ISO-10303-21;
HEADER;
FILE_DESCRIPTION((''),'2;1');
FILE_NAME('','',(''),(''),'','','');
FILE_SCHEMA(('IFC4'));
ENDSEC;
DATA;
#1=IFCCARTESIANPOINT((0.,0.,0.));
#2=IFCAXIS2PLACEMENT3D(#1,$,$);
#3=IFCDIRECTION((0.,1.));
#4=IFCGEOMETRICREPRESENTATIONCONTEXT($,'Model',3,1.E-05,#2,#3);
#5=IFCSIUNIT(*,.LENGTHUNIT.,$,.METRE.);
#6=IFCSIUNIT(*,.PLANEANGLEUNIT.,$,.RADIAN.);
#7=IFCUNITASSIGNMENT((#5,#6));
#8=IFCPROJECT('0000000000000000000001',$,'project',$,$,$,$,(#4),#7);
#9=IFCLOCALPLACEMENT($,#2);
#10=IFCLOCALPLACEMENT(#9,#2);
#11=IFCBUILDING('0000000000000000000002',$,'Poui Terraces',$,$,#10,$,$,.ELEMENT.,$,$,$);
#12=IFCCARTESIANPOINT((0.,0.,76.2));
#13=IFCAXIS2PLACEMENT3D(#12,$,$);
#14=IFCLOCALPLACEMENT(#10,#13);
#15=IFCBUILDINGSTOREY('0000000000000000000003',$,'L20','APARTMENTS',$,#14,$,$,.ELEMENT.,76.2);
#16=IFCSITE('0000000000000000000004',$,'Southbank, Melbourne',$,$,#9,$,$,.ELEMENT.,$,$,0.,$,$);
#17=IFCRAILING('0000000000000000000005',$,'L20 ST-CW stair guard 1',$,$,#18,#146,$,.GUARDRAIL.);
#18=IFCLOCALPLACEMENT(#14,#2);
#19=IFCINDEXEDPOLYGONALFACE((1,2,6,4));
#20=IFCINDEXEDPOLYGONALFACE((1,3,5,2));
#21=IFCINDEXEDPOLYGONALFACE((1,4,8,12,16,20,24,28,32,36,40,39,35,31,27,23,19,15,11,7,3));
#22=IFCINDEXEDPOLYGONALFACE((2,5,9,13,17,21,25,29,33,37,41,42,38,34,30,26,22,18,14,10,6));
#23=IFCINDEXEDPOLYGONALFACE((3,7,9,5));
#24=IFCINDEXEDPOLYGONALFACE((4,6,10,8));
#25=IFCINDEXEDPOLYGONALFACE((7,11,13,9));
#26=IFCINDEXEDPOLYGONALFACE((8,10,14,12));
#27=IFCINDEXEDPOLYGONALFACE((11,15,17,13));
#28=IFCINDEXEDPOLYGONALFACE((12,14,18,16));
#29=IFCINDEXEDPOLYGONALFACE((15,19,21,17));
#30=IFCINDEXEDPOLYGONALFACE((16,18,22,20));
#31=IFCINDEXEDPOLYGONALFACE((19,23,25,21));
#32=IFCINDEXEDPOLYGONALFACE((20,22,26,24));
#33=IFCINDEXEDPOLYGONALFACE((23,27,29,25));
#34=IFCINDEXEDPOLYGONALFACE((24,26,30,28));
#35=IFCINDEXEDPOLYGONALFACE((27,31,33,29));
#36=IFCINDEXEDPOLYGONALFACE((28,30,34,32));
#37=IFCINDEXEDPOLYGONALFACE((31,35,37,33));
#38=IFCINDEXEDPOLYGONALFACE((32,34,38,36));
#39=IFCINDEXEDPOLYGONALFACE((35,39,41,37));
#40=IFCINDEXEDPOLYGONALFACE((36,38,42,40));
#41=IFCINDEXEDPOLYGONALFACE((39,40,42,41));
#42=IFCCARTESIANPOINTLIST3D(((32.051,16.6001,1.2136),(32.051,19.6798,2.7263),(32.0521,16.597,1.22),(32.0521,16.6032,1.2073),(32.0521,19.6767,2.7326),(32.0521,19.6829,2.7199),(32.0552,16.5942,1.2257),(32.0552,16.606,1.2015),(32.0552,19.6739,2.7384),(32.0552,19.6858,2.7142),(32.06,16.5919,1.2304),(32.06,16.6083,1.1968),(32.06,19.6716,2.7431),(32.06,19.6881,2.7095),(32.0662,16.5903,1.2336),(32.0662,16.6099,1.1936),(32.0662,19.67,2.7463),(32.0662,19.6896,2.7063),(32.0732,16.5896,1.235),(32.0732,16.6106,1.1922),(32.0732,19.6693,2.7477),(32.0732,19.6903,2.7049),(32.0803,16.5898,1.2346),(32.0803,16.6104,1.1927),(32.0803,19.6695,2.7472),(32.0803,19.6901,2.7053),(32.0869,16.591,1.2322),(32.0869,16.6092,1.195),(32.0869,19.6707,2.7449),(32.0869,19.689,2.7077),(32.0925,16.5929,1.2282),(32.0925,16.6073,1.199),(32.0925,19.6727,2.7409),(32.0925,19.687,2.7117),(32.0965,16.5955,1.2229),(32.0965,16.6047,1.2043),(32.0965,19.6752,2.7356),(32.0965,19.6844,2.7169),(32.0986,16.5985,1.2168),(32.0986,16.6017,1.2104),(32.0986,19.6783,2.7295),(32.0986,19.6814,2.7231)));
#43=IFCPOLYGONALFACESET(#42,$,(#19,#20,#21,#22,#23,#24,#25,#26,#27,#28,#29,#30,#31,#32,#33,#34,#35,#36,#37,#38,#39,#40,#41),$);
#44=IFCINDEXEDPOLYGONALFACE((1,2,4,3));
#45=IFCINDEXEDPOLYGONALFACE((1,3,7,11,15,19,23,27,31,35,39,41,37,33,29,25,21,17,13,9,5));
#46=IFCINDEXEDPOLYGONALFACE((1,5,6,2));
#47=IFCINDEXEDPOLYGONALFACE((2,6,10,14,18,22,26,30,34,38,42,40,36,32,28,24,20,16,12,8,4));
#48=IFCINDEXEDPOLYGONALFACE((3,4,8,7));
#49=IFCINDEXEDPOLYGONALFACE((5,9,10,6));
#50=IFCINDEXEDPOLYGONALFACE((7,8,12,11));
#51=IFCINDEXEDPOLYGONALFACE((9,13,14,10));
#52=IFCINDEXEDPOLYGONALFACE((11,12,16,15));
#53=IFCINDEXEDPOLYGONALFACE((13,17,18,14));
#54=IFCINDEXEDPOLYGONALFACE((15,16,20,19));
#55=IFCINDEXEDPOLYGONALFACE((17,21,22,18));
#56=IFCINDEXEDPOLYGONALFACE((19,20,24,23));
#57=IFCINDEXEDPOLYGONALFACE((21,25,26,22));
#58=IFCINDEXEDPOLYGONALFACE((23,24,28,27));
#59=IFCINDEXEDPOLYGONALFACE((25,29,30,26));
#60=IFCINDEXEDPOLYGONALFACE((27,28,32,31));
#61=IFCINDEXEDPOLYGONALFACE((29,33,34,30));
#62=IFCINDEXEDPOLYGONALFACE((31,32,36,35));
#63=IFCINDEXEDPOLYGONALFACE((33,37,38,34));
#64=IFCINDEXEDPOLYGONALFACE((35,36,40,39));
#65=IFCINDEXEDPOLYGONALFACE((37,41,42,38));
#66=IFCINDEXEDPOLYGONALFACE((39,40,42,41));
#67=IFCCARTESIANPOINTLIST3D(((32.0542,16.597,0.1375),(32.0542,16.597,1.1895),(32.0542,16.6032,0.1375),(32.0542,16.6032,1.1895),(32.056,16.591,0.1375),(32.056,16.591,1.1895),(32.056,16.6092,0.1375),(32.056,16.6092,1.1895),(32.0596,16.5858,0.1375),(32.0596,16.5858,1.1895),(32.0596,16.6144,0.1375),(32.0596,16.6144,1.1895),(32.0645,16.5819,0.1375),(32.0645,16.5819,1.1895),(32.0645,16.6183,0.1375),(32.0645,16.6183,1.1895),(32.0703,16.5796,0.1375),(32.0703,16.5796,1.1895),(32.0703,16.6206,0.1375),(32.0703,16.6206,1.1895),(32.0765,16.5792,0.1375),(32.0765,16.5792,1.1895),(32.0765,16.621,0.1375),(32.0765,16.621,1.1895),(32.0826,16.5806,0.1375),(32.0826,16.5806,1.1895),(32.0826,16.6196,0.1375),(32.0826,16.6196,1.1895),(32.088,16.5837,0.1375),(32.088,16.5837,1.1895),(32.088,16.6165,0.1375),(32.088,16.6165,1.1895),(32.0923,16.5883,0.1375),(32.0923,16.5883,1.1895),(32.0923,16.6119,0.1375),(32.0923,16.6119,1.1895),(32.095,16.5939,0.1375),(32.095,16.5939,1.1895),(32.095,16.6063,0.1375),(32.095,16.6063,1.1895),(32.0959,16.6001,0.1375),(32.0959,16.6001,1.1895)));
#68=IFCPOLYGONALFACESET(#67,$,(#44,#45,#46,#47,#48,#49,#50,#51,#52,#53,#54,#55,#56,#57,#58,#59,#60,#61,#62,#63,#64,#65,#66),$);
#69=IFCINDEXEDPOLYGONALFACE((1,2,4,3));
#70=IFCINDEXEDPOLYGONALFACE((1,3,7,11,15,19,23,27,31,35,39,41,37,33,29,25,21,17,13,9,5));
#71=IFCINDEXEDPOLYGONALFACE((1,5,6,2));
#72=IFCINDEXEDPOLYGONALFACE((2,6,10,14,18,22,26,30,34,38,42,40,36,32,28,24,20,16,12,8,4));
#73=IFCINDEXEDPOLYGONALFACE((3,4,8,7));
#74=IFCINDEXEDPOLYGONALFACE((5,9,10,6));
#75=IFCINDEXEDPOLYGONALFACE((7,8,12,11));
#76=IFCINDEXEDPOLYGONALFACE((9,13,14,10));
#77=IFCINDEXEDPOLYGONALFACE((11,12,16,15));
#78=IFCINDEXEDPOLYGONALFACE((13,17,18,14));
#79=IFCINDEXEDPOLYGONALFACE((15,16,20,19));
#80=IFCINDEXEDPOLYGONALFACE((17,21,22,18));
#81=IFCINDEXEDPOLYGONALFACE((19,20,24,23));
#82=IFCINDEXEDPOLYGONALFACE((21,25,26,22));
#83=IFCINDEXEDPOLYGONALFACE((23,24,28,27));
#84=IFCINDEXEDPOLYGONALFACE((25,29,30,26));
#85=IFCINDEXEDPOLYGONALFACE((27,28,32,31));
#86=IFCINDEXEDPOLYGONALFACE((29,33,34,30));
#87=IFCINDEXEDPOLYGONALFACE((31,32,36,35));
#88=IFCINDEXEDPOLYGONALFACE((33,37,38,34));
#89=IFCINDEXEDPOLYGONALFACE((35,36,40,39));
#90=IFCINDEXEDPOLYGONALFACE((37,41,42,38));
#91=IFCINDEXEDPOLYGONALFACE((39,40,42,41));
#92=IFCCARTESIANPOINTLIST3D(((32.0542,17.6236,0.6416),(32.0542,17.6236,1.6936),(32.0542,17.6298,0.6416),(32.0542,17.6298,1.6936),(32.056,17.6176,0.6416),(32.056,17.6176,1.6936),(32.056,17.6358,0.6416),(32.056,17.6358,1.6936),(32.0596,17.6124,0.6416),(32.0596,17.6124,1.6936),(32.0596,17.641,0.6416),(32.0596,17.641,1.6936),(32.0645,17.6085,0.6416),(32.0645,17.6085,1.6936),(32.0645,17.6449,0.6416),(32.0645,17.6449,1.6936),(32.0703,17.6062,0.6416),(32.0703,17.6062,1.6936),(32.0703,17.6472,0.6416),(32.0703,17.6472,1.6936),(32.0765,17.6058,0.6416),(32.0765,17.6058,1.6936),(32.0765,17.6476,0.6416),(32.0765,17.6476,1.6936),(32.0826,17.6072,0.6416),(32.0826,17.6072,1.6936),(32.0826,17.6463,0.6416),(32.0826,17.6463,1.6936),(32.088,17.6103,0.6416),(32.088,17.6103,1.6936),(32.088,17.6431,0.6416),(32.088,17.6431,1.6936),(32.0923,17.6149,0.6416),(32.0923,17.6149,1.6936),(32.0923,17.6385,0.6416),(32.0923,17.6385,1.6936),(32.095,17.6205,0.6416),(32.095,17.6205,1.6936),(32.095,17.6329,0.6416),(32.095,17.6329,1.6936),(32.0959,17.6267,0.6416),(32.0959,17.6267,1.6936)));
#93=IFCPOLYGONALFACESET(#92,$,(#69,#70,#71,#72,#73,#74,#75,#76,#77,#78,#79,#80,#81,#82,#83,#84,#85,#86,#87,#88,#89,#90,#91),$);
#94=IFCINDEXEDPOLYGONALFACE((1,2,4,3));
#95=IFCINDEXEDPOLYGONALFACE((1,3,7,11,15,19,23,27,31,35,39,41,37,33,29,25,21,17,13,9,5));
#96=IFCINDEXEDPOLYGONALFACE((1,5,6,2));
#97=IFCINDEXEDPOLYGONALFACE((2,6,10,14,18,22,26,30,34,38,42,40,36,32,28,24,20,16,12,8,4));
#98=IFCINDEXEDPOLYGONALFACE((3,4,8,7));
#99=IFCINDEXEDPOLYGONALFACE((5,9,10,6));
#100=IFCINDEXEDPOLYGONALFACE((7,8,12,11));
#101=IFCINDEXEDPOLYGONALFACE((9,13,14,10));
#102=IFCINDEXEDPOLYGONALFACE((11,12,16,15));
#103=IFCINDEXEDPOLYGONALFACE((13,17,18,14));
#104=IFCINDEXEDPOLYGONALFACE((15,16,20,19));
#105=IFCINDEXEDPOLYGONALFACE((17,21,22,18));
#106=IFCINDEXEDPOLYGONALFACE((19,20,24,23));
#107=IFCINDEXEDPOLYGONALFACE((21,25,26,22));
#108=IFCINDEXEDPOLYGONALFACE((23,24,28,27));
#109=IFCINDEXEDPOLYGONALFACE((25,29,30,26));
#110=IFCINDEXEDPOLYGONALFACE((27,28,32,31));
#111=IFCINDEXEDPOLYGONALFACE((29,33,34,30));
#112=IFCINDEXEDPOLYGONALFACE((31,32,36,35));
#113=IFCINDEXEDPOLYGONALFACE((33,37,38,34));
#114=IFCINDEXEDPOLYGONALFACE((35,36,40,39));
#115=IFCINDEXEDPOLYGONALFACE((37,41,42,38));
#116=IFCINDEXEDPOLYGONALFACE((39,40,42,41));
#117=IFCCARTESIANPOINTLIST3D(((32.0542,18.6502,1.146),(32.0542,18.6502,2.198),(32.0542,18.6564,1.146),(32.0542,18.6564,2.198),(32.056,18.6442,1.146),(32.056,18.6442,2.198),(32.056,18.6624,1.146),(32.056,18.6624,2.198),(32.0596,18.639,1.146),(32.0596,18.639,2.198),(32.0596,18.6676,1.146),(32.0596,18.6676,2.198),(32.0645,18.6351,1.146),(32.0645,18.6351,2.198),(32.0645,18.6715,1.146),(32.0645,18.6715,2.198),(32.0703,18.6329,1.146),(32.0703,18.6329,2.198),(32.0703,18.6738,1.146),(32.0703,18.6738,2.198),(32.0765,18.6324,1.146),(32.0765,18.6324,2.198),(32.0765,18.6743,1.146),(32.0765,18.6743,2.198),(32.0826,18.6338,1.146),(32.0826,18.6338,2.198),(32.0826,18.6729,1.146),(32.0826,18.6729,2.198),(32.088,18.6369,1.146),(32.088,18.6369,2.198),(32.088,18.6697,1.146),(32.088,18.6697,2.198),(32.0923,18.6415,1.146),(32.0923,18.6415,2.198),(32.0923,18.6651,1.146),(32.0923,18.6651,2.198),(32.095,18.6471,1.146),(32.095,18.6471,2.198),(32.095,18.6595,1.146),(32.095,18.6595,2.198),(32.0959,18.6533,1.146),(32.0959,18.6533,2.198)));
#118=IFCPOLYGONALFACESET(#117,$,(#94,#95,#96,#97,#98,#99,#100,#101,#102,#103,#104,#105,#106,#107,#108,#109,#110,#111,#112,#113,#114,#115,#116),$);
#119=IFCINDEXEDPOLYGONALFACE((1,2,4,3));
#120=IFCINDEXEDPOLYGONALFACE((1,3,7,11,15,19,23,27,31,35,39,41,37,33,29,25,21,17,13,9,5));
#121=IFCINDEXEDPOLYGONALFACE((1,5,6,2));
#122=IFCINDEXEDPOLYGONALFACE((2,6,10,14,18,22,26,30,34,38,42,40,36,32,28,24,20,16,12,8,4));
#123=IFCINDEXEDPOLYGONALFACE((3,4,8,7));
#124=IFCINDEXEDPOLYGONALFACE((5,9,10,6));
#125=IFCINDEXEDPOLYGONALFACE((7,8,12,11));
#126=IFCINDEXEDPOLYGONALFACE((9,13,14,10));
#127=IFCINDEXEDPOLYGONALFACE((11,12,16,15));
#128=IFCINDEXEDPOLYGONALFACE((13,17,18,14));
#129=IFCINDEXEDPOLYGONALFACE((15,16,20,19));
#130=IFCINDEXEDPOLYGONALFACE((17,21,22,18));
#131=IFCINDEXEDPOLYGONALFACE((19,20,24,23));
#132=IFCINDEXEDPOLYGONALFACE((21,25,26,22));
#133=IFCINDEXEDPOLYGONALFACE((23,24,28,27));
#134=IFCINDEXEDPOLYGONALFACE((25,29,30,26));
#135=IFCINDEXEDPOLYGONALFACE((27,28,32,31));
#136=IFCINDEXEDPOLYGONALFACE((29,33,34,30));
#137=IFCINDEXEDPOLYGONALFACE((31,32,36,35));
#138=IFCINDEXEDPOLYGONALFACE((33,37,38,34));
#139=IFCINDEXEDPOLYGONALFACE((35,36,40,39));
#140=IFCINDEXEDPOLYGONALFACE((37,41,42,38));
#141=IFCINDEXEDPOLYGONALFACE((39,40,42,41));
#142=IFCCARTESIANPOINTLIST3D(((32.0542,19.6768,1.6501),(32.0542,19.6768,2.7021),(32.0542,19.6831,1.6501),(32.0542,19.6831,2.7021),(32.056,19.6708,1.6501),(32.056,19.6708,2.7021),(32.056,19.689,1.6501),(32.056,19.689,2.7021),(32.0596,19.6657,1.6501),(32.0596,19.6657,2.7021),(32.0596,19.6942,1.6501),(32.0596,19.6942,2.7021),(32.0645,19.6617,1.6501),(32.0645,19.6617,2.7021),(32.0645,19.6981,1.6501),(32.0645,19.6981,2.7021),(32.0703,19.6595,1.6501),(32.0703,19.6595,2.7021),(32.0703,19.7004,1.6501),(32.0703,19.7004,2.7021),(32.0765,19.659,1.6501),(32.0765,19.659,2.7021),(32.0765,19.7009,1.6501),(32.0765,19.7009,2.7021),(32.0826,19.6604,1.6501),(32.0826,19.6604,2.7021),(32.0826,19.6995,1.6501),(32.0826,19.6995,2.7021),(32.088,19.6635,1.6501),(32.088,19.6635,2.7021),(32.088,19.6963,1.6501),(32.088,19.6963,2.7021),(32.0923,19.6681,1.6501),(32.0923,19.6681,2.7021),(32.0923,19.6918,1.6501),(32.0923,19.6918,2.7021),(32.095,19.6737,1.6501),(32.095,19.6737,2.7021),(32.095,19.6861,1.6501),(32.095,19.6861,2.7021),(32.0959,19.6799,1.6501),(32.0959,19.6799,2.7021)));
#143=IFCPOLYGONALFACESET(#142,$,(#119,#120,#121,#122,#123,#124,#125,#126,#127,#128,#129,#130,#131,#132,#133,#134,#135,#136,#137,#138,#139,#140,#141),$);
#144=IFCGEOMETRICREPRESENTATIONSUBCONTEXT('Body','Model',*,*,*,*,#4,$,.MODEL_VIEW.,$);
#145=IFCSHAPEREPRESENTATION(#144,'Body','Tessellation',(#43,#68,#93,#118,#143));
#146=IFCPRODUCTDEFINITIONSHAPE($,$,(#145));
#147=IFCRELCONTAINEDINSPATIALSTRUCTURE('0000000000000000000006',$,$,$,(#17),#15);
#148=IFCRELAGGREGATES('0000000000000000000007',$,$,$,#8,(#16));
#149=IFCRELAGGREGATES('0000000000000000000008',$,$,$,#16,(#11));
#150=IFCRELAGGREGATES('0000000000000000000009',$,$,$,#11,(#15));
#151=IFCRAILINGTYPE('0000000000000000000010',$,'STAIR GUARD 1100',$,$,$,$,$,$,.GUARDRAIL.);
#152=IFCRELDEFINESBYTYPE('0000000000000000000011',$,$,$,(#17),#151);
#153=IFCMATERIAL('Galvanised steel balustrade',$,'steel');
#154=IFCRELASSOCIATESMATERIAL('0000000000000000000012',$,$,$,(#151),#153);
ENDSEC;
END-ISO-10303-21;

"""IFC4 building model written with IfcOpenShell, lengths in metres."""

from ifc_helpers import new_model, si_unit, direction, frame, origin, origin_2d, place, context, subcontext, project, spatial, circle, extrude, material, type_object, element, save


model = new_model("IFC4")

# Units and contexts
model_context = context("Model", 3, precision=1e-05, world=origin(), true_north=direction((0.0, 1.0)))
body_context = subcontext(model_context, "Body", "Model", "MODEL_VIEW")
ifc_project = project(units=[si_unit("LENGTHUNIT", "METRE"), si_unit("PLANEANGLEUNIT", "RADIAN")], contexts=[model_context])

# Site, building, storey
site_placement = place(None, origin())
site = spatial("IfcSite", under=ifc_project, at=site_placement, Name="Southbank, Melbourne", CompositionType="ELEMENT", RefElevation=0.0)
building_placement = place(site_placement, origin())
building = spatial("IfcBuilding", under=site, at=building_placement, Name="Poui Terraces", CompositionType="ELEMENT")
storey_placement = place(building_placement, frame((0.0, 0.0, 76.2)))
storey = spatial("IfcBuildingStorey", under=building, at=storey_placement, Name="L20", Description="APARTMENTS", CompositionType="ELEMENT", Elevation=76.2)

# Railing
ifc_material_1 = material(Name="Galvanised steel balustrade", Category="steel")
railing_type_1 = type_object("IfcRailingType", Name="STAIR GUARD 1100", PredefinedType="GUARDRAIL", material=ifc_material_1)
railing_1_placement = place(storey_placement, frame((32.075, 16.6001, 0.1375)))
element("IfcRailing", 1, at=railing_1_placement, inside=storey, type_object=railing_type_1, Name="L20 ST-CW stair guard 1", PredefinedType="GUARDRAIL", context=body_context, shape_type="SweptSolid", body=[
    extrude(circle(Radius=0.0239, at=origin_2d()), frame((0.0, 0.0, 1.0762), z_axis=(0.0, 0.897578, 0.440856), x_axis=(-1.0, 0.0, 0.0)), (0.0, 0.0, 1.0), 3.4312),
    extrude(circle(Radius=0.021, at=origin_2d()), origin(), (0.0, 0.0, 1.0), 1.052),
    extrude(circle(Radius=0.021, at=origin_2d()), frame((0.0, 1.0266, 0.5042)), (0.0, 0.0, 1.0), 1.052),
    extrude(circle(Radius=0.021, at=origin_2d()), frame((0.0, 2.0532, 1.0085)), (0.0, 0.0, 1.0), 1.052),
    extrude(circle(Radius=0.021, at=origin_2d()), frame((0.0, 3.0798, 1.5127)), (0.0, 0.0, 1.0), 1.052),
])

save(model, "model.ifc")
